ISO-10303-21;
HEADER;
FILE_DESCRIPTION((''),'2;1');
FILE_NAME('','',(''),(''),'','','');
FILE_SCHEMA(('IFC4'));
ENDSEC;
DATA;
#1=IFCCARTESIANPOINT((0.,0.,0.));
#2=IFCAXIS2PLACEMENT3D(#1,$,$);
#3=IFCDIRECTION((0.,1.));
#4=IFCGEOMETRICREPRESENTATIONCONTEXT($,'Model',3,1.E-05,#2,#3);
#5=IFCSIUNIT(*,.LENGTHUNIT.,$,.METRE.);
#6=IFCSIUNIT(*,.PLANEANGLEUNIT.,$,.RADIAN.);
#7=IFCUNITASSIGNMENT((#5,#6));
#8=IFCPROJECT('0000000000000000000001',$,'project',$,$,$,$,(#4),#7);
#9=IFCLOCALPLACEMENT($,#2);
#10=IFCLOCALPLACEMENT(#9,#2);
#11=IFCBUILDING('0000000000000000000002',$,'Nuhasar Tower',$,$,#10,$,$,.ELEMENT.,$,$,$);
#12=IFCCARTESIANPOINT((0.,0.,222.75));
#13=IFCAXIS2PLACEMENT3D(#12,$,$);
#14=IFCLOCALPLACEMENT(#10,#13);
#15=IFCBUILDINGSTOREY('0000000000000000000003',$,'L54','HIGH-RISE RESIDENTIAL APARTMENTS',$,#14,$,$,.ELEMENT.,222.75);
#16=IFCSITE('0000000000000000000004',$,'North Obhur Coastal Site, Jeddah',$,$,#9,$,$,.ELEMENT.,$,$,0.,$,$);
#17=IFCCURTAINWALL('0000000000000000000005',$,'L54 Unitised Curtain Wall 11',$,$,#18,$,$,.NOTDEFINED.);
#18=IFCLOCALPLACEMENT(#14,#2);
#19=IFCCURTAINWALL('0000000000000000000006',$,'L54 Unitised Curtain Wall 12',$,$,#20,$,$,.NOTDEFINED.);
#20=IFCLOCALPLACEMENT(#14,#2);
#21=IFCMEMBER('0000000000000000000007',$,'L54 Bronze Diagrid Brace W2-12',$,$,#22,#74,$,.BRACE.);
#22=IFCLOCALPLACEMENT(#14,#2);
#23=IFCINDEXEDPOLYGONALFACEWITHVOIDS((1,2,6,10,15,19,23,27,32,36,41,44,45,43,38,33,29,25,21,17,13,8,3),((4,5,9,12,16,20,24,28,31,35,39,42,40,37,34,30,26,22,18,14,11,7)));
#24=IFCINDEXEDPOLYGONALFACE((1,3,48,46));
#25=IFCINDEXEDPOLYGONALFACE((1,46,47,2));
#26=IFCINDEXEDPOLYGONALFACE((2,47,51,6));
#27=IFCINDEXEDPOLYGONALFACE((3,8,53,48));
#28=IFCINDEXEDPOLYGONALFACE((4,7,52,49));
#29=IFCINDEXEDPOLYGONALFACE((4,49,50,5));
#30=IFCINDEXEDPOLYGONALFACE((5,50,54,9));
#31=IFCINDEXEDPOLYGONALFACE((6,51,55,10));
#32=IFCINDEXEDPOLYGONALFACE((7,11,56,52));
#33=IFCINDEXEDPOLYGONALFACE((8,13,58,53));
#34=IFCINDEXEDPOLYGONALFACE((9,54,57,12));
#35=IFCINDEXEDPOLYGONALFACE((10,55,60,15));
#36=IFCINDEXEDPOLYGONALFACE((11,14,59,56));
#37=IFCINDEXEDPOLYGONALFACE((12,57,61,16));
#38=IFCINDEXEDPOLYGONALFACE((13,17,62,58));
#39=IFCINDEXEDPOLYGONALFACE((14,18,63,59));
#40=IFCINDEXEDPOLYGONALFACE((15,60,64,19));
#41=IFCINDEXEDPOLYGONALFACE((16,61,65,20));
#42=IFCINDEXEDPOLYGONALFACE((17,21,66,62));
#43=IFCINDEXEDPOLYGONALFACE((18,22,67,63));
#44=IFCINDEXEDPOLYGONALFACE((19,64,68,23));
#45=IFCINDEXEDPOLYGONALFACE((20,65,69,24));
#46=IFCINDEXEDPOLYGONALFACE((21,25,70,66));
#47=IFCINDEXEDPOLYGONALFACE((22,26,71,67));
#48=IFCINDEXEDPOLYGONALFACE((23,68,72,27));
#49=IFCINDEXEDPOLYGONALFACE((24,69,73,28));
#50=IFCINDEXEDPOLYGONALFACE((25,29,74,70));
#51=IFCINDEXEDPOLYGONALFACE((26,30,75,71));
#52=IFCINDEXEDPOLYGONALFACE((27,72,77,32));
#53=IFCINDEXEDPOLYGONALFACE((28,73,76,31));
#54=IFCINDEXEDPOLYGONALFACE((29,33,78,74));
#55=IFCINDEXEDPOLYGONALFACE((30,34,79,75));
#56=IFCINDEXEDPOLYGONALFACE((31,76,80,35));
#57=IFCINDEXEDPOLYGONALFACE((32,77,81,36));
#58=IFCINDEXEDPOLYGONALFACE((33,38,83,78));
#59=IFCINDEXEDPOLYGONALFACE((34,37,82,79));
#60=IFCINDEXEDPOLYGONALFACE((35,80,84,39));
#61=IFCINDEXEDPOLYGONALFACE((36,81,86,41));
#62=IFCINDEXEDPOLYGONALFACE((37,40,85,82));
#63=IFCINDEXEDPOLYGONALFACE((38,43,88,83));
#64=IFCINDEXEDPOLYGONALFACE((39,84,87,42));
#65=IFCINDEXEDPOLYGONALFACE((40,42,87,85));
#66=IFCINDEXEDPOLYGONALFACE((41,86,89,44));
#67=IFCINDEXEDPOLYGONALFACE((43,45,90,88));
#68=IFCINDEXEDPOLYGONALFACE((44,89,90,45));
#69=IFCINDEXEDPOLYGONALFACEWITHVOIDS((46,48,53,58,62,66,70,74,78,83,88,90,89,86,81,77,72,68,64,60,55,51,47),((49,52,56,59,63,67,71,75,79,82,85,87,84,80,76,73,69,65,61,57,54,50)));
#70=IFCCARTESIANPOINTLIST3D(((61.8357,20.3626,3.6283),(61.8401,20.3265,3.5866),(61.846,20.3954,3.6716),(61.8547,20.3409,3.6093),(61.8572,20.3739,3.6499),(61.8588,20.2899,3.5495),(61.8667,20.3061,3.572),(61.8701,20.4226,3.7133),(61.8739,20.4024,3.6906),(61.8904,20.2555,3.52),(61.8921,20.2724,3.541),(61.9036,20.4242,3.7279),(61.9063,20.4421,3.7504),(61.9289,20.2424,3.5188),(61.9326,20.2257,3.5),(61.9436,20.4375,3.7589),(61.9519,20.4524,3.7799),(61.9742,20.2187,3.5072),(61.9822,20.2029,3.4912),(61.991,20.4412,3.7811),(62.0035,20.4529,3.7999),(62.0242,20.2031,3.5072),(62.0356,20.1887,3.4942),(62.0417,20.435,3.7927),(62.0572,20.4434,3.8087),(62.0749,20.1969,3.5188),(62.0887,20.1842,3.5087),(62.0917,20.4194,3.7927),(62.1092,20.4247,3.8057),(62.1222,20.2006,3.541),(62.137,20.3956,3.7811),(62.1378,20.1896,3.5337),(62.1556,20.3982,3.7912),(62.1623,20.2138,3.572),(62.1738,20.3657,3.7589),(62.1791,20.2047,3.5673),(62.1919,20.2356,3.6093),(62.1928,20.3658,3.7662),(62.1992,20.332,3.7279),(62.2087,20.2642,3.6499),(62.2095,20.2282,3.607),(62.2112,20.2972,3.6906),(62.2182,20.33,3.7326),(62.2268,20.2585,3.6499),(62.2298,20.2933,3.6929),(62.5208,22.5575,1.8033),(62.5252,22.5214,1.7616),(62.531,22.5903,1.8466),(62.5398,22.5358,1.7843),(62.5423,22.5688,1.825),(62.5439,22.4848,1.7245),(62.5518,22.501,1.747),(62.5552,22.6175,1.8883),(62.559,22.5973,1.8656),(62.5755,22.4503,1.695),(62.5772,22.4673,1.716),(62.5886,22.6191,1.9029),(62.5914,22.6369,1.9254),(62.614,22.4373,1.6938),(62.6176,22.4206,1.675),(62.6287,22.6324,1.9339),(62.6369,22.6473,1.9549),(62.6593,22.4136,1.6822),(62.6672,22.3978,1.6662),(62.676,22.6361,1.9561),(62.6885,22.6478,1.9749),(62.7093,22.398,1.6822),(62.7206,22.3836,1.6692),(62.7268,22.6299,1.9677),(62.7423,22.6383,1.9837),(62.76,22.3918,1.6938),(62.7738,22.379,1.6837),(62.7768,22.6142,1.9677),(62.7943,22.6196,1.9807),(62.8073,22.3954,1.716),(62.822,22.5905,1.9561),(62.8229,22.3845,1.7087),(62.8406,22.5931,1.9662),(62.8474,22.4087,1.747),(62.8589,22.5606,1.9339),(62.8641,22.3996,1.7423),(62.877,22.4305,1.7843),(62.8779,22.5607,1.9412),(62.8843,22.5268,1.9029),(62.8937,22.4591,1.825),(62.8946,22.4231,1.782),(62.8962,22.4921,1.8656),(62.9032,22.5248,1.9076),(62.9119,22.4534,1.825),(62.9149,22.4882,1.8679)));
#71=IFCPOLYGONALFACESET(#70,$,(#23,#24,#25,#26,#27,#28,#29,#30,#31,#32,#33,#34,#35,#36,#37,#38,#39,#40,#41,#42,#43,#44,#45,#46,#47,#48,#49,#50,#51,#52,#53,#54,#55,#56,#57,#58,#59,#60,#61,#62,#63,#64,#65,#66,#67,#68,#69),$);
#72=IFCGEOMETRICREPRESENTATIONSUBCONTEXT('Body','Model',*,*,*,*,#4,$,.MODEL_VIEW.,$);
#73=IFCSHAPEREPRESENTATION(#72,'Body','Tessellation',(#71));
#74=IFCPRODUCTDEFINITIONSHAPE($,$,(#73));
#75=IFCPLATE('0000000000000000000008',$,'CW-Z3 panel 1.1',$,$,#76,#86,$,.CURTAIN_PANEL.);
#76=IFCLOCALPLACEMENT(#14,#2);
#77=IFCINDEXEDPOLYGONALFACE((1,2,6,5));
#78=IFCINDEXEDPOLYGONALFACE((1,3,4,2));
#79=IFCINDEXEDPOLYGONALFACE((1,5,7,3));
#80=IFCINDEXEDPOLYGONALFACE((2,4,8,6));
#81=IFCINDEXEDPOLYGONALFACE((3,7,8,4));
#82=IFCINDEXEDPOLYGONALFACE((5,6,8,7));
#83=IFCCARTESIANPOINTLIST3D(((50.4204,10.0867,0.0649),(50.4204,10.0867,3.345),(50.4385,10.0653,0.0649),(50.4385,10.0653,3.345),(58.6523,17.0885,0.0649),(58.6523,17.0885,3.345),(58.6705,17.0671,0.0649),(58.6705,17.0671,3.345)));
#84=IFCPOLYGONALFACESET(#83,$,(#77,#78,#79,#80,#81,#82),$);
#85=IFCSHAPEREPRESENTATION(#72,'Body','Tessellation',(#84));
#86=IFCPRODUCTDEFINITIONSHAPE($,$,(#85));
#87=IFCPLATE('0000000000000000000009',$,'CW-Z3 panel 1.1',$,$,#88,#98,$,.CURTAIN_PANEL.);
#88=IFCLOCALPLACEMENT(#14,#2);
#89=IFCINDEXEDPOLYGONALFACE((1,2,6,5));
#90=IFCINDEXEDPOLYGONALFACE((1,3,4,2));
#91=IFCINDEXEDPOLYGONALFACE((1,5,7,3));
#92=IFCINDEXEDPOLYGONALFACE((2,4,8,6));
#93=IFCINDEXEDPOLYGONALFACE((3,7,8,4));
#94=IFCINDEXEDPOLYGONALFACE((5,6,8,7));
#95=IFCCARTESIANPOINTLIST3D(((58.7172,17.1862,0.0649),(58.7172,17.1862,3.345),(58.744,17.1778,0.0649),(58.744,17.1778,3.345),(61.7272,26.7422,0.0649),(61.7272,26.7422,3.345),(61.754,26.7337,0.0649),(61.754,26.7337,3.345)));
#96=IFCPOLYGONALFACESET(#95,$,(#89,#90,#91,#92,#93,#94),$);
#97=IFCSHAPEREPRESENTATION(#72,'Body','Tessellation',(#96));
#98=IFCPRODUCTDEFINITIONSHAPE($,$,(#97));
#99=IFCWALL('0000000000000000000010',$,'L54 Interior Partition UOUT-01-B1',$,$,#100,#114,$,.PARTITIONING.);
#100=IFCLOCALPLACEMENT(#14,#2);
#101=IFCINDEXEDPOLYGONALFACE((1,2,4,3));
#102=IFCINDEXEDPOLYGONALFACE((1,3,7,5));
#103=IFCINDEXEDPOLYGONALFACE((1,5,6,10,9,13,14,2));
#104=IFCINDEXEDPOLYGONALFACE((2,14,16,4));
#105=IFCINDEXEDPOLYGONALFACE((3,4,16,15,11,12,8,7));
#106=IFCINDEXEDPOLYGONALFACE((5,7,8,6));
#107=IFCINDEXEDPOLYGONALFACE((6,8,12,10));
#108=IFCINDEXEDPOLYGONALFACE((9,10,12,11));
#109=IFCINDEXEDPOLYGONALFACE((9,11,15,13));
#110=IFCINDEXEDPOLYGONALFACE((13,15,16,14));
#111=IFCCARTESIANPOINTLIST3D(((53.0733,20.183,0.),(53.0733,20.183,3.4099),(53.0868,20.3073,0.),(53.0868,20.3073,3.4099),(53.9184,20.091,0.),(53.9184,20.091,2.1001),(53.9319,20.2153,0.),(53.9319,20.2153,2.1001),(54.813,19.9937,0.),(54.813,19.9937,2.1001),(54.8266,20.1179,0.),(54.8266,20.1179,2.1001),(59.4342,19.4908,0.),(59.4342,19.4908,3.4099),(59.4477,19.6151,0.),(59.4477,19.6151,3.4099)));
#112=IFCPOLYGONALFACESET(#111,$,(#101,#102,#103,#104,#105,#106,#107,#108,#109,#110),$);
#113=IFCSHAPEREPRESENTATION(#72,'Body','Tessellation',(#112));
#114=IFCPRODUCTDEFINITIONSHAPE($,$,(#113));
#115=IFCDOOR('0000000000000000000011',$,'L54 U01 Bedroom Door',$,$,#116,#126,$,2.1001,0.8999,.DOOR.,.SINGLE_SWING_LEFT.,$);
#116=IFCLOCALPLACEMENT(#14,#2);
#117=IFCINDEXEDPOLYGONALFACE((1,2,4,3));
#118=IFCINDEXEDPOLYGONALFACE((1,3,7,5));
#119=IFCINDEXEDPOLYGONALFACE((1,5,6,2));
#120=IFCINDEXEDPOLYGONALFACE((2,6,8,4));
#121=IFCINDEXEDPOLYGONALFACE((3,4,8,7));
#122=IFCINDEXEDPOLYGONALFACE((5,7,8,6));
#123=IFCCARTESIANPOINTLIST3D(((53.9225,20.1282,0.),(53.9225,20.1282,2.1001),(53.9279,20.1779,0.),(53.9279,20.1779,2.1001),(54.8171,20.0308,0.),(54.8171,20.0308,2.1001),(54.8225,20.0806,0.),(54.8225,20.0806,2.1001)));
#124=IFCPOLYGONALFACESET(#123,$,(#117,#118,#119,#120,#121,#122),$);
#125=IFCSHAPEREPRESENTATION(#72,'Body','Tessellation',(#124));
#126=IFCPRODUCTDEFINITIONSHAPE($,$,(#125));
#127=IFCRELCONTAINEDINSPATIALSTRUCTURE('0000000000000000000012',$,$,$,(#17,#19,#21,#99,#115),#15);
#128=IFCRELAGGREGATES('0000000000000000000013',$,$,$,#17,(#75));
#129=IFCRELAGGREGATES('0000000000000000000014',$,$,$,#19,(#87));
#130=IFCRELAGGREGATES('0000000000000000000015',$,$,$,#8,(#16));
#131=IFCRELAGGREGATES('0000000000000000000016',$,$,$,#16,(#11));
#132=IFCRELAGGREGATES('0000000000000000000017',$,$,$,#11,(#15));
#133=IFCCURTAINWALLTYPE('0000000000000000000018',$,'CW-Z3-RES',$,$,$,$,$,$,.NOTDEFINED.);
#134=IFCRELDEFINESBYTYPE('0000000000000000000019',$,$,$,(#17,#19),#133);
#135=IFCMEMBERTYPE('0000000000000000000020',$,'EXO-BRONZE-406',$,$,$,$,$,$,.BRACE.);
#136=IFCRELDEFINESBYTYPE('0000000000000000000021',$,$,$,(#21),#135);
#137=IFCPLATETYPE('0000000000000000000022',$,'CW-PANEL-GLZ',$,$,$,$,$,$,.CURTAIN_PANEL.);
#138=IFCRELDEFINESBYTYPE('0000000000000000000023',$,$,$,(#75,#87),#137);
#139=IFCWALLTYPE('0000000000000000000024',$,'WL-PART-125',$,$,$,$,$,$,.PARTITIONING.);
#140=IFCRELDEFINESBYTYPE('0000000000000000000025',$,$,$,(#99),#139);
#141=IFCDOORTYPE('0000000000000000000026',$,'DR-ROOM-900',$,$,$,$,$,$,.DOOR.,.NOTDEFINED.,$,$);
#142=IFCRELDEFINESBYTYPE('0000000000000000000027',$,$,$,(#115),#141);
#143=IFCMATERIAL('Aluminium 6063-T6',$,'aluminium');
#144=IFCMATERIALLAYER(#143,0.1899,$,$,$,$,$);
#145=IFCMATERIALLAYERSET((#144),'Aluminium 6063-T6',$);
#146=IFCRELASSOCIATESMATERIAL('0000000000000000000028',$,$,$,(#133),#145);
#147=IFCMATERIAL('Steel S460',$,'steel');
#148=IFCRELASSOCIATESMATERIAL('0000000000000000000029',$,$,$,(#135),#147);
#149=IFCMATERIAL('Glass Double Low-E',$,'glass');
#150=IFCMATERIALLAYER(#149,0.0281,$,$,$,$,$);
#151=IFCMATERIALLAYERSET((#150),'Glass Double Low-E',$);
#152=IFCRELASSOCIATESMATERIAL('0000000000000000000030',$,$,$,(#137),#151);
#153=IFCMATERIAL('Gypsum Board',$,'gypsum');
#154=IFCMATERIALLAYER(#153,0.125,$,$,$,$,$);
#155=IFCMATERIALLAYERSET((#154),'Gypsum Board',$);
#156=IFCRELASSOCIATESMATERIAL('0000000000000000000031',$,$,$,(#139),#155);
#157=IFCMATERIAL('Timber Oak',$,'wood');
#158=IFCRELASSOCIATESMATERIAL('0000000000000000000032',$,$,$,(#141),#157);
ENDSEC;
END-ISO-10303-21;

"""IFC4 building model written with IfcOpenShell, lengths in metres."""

from ifc_helpers import new_model, si_unit, direction, frame, frame_2d, origin, origin_2d, place, context, subcontext, project, spatial, rectangle, hollow_circle, extrude, material, layer, layer_set, material_profile, profile_set, type_object, element, fill, aggregate, save


model = new_model("IFC4")

# Units and contexts
model_context = context("Model", 3, precision=1e-05, world=origin(), true_north=direction((0.0, 1.0)))
body_context = subcontext(model_context, "Body", "Model", "MODEL_VIEW")
ifc_project = project(units=[si_unit("LENGTHUNIT", "METRE"), si_unit("PLANEANGLEUNIT", "RADIAN")], contexts=[model_context])

# Site, building, storey
site_placement = place(None, origin())
site = spatial("IfcSite", under=ifc_project, at=site_placement, Name="North Obhur Coastal Site, Jeddah", CompositionType="ELEMENT", RefElevation=0.0)
building_placement = place(site_placement, origin())
building = spatial("IfcBuilding", under=site, at=building_placement, Name="Nuhasar Tower", CompositionType="ELEMENT")
storey_placement = place(building_placement, frame((0.0, 0.0, 222.75)))
storey = spatial("IfcBuildingStorey", under=building, at=storey_placement, Name="L54", Description="HIGH-RISE RESIDENTIAL APARTMENTS", CompositionType="ELEMENT", Elevation=222.75)

# Curtain wall
ifc_material_1 = material(Name="Aluminium 6063-T6", Category="aluminium")
ifc_layer_1 = layer(ifc_material_1, 0.1899)
ifc_layer_set_1 = layer_set([ifc_layer_1], Name="Aluminium 6063-T6")
curtain_wall_type = type_object("IfcCurtainWallType", Name="CW-Z3-RES", PredefinedType="NOTDEFINED", material=ifc_layer_set_1)
curtain_wall_1_placement = place(storey_placement, origin())
curtain_wall_1 = element("IfcCurtainWall", 1, at=curtain_wall_1_placement, inside=storey, type_object=curtain_wall_type, Name="L54 Unitised Curtain Wall 11", PredefinedType="NOTDEFINED")

# Curtain wall
curtain_wall_2_placement = place(storey_placement, origin())
curtain_wall_2 = element("IfcCurtainWall", 2, at=curtain_wall_2_placement, inside=storey, type_object=curtain_wall_type, Name="L54 Unitised Curtain Wall 12", PredefinedType="NOTDEFINED")

# Member
ifc_material_2 = material(Name="Steel S460", Category="steel")
ifc_material_profile_1 = material_profile(ifc_material_2, hollow_circle(Radius=0.2031, WallThickness=0.019, at=origin_2d()), Name="HSS406.4X19.1")
ifc_profile_set_1 = profile_set([ifc_material_profile_1], Name="Steel S460")
member_type_1 = type_object("IfcMemberType", Name="EXO-BRONZE-406", PredefinedType="BRACE", material=ifc_profile_set_1)
for number, where, z_axis, x_axis, name in (
    (3, (62.718, 22.5139, 1.825), (-0.233372, -0.74769, 0.621689), (0.954582, -0.297948, 0.0), "L54 Bronze Diagrid Brace W2-12"),
):
    element("IfcMember", number, at=place(storey_placement, frame(where, z_axis=z_axis, x_axis=x_axis)), inside=storey, type_object=member_type_1, Name=name, PredefinedType="BRACE", context=body_context, shape_type="SweptSolid", body=[
        extrude(hollow_circle(Radius=0.2031, WallThickness=0.019, at=origin_2d()), origin(), (0.0, 0.0, 1.0), 2.9355),
    ])

# Plates
ifc_material_3 = material(Name="Glass Double Low-E", Category="glass")
ifc_layer_2 = layer(ifc_material_3, 0.0281)
ifc_layer_set_2 = layer_set([ifc_layer_2], Name="Glass Double Low-E")
plate_type = type_object("IfcPlateType", Name="CW-PANEL-GLZ", PredefinedType="CURTAIN_PANEL", material=ifc_layer_set_2)
plate_1_placement = place(storey_placement, frame((54.5454, 13.5769, 0.0649), z_axis=(0.0, 0.0, 1.0), x_axis=(0.761729, 0.647895, 0.0)))
plate_1 = element("IfcPlate", 4, at=plate_1_placement, type_object=plate_type, Name="CW-Z3 panel 1.1", PredefinedType="CURTAIN_PANEL", context=body_context, shape_type="SweptSolid", body=[
    extrude(rectangle(XDim=10.8069, YDim=0.0281, at=origin_2d()), origin(), (0.0, 0.0, 1.0), 3.28),
])
aggregate(curtain_wall_1, [plate_1])
plate_2_placement = place(storey_placement, frame((60.2356, 21.96, 0.0649), z_axis=(0.0, 0.0, 1.0), x_axis=(0.300429, 0.953804, 0.0)))
plate_2 = element("IfcPlate", 5, at=plate_2_placement, type_object=plate_type, Name="CW-Z3 panel 1.1", PredefinedType="CURTAIN_PANEL", context=body_context, shape_type="SweptSolid", body=[
    extrude(rectangle(XDim=10.0188, YDim=0.0281, at=origin_2d()), origin(), (0.0, 0.0, 1.0), 3.28),
])
aggregate(curtain_wall_2, [plate_2])

# Wall, opening, door
ifc_material_4 = material(Name="Gypsum Board", Category="gypsum")
ifc_layer_3 = layer(ifc_material_4, 0.125)
ifc_layer_set_3 = layer_set([ifc_layer_3], Name="Gypsum Board")
wall_type = type_object("IfcWallType", Name="WL-PART-125", PredefinedType="PARTITIONING", material=ifc_layer_set_3)
wall_placement = place(storey_placement, frame((53.0801, 20.2451, 0.0), z_axis=(0.0, 0.0, 1.0), x_axis=(0.994132, -0.108174, 0.0)))
wall = element("IfcWall", 6, at=wall_placement, inside=storey, type_object=wall_type, Name="L54 Interior Partition UOUT-01-B1", PredefinedType="PARTITIONING", context=body_context, shape_type="SweptSolid", body=[
    extrude(rectangle(XDim=6.3984, YDim=0.125, at=frame_2d((3.1992, 0.0))), origin(), (0.0, 0.0, 1.0), 3.4099),
])
opening_placement = place(wall_placement, frame((0.8501, 0.0, 0.0)))
opening = element("IfcOpeningElement", 7, at=opening_placement, cuts=wall, PredefinedType="OPENING", context=body_context, shape_type="SweptSolid", body=[
    extrude(rectangle(XDim=0.8999, YDim=2.1001, at=frame_2d((0.45, 1.05))), frame((0.0, 0.0725, 0.0), z_axis=(0.0, -1.0, 0.0), x_axis=(1.0, 0.0, 0.0)), (0.0, 0.0, 1.0), 0.145),
])
ifc_material_5 = material(Name="Timber Oak", Category="wood")
door_type = type_object("IfcDoorType", Name="DR-ROOM-900", OperationType="NOTDEFINED", PredefinedType="DOOR", material=ifc_material_5)
door_placement = place(opening_placement, origin())
door = element("IfcDoor", 8, at=door_placement, inside=storey, type_object=door_type, Name="L54 U01 Bedroom Door", OperationType="SINGLE_SWING_LEFT", OverallHeight=2.1001, OverallWidth=0.8999, PredefinedType="DOOR", context=body_context, shape_type="SweptSolid", body=[
    extrude(rectangle(XDim=0.8999, YDim=2.1001, at=frame_2d((0.45, 1.05))), frame((0.0, 0.0249, 0.0), z_axis=(0.0, -1.0, 0.0), x_axis=(1.0, 0.0, 0.0)), (0.0, 0.0, 1.0), 0.05),
])
fill(opening, door)

save(model, "model.ifc")
